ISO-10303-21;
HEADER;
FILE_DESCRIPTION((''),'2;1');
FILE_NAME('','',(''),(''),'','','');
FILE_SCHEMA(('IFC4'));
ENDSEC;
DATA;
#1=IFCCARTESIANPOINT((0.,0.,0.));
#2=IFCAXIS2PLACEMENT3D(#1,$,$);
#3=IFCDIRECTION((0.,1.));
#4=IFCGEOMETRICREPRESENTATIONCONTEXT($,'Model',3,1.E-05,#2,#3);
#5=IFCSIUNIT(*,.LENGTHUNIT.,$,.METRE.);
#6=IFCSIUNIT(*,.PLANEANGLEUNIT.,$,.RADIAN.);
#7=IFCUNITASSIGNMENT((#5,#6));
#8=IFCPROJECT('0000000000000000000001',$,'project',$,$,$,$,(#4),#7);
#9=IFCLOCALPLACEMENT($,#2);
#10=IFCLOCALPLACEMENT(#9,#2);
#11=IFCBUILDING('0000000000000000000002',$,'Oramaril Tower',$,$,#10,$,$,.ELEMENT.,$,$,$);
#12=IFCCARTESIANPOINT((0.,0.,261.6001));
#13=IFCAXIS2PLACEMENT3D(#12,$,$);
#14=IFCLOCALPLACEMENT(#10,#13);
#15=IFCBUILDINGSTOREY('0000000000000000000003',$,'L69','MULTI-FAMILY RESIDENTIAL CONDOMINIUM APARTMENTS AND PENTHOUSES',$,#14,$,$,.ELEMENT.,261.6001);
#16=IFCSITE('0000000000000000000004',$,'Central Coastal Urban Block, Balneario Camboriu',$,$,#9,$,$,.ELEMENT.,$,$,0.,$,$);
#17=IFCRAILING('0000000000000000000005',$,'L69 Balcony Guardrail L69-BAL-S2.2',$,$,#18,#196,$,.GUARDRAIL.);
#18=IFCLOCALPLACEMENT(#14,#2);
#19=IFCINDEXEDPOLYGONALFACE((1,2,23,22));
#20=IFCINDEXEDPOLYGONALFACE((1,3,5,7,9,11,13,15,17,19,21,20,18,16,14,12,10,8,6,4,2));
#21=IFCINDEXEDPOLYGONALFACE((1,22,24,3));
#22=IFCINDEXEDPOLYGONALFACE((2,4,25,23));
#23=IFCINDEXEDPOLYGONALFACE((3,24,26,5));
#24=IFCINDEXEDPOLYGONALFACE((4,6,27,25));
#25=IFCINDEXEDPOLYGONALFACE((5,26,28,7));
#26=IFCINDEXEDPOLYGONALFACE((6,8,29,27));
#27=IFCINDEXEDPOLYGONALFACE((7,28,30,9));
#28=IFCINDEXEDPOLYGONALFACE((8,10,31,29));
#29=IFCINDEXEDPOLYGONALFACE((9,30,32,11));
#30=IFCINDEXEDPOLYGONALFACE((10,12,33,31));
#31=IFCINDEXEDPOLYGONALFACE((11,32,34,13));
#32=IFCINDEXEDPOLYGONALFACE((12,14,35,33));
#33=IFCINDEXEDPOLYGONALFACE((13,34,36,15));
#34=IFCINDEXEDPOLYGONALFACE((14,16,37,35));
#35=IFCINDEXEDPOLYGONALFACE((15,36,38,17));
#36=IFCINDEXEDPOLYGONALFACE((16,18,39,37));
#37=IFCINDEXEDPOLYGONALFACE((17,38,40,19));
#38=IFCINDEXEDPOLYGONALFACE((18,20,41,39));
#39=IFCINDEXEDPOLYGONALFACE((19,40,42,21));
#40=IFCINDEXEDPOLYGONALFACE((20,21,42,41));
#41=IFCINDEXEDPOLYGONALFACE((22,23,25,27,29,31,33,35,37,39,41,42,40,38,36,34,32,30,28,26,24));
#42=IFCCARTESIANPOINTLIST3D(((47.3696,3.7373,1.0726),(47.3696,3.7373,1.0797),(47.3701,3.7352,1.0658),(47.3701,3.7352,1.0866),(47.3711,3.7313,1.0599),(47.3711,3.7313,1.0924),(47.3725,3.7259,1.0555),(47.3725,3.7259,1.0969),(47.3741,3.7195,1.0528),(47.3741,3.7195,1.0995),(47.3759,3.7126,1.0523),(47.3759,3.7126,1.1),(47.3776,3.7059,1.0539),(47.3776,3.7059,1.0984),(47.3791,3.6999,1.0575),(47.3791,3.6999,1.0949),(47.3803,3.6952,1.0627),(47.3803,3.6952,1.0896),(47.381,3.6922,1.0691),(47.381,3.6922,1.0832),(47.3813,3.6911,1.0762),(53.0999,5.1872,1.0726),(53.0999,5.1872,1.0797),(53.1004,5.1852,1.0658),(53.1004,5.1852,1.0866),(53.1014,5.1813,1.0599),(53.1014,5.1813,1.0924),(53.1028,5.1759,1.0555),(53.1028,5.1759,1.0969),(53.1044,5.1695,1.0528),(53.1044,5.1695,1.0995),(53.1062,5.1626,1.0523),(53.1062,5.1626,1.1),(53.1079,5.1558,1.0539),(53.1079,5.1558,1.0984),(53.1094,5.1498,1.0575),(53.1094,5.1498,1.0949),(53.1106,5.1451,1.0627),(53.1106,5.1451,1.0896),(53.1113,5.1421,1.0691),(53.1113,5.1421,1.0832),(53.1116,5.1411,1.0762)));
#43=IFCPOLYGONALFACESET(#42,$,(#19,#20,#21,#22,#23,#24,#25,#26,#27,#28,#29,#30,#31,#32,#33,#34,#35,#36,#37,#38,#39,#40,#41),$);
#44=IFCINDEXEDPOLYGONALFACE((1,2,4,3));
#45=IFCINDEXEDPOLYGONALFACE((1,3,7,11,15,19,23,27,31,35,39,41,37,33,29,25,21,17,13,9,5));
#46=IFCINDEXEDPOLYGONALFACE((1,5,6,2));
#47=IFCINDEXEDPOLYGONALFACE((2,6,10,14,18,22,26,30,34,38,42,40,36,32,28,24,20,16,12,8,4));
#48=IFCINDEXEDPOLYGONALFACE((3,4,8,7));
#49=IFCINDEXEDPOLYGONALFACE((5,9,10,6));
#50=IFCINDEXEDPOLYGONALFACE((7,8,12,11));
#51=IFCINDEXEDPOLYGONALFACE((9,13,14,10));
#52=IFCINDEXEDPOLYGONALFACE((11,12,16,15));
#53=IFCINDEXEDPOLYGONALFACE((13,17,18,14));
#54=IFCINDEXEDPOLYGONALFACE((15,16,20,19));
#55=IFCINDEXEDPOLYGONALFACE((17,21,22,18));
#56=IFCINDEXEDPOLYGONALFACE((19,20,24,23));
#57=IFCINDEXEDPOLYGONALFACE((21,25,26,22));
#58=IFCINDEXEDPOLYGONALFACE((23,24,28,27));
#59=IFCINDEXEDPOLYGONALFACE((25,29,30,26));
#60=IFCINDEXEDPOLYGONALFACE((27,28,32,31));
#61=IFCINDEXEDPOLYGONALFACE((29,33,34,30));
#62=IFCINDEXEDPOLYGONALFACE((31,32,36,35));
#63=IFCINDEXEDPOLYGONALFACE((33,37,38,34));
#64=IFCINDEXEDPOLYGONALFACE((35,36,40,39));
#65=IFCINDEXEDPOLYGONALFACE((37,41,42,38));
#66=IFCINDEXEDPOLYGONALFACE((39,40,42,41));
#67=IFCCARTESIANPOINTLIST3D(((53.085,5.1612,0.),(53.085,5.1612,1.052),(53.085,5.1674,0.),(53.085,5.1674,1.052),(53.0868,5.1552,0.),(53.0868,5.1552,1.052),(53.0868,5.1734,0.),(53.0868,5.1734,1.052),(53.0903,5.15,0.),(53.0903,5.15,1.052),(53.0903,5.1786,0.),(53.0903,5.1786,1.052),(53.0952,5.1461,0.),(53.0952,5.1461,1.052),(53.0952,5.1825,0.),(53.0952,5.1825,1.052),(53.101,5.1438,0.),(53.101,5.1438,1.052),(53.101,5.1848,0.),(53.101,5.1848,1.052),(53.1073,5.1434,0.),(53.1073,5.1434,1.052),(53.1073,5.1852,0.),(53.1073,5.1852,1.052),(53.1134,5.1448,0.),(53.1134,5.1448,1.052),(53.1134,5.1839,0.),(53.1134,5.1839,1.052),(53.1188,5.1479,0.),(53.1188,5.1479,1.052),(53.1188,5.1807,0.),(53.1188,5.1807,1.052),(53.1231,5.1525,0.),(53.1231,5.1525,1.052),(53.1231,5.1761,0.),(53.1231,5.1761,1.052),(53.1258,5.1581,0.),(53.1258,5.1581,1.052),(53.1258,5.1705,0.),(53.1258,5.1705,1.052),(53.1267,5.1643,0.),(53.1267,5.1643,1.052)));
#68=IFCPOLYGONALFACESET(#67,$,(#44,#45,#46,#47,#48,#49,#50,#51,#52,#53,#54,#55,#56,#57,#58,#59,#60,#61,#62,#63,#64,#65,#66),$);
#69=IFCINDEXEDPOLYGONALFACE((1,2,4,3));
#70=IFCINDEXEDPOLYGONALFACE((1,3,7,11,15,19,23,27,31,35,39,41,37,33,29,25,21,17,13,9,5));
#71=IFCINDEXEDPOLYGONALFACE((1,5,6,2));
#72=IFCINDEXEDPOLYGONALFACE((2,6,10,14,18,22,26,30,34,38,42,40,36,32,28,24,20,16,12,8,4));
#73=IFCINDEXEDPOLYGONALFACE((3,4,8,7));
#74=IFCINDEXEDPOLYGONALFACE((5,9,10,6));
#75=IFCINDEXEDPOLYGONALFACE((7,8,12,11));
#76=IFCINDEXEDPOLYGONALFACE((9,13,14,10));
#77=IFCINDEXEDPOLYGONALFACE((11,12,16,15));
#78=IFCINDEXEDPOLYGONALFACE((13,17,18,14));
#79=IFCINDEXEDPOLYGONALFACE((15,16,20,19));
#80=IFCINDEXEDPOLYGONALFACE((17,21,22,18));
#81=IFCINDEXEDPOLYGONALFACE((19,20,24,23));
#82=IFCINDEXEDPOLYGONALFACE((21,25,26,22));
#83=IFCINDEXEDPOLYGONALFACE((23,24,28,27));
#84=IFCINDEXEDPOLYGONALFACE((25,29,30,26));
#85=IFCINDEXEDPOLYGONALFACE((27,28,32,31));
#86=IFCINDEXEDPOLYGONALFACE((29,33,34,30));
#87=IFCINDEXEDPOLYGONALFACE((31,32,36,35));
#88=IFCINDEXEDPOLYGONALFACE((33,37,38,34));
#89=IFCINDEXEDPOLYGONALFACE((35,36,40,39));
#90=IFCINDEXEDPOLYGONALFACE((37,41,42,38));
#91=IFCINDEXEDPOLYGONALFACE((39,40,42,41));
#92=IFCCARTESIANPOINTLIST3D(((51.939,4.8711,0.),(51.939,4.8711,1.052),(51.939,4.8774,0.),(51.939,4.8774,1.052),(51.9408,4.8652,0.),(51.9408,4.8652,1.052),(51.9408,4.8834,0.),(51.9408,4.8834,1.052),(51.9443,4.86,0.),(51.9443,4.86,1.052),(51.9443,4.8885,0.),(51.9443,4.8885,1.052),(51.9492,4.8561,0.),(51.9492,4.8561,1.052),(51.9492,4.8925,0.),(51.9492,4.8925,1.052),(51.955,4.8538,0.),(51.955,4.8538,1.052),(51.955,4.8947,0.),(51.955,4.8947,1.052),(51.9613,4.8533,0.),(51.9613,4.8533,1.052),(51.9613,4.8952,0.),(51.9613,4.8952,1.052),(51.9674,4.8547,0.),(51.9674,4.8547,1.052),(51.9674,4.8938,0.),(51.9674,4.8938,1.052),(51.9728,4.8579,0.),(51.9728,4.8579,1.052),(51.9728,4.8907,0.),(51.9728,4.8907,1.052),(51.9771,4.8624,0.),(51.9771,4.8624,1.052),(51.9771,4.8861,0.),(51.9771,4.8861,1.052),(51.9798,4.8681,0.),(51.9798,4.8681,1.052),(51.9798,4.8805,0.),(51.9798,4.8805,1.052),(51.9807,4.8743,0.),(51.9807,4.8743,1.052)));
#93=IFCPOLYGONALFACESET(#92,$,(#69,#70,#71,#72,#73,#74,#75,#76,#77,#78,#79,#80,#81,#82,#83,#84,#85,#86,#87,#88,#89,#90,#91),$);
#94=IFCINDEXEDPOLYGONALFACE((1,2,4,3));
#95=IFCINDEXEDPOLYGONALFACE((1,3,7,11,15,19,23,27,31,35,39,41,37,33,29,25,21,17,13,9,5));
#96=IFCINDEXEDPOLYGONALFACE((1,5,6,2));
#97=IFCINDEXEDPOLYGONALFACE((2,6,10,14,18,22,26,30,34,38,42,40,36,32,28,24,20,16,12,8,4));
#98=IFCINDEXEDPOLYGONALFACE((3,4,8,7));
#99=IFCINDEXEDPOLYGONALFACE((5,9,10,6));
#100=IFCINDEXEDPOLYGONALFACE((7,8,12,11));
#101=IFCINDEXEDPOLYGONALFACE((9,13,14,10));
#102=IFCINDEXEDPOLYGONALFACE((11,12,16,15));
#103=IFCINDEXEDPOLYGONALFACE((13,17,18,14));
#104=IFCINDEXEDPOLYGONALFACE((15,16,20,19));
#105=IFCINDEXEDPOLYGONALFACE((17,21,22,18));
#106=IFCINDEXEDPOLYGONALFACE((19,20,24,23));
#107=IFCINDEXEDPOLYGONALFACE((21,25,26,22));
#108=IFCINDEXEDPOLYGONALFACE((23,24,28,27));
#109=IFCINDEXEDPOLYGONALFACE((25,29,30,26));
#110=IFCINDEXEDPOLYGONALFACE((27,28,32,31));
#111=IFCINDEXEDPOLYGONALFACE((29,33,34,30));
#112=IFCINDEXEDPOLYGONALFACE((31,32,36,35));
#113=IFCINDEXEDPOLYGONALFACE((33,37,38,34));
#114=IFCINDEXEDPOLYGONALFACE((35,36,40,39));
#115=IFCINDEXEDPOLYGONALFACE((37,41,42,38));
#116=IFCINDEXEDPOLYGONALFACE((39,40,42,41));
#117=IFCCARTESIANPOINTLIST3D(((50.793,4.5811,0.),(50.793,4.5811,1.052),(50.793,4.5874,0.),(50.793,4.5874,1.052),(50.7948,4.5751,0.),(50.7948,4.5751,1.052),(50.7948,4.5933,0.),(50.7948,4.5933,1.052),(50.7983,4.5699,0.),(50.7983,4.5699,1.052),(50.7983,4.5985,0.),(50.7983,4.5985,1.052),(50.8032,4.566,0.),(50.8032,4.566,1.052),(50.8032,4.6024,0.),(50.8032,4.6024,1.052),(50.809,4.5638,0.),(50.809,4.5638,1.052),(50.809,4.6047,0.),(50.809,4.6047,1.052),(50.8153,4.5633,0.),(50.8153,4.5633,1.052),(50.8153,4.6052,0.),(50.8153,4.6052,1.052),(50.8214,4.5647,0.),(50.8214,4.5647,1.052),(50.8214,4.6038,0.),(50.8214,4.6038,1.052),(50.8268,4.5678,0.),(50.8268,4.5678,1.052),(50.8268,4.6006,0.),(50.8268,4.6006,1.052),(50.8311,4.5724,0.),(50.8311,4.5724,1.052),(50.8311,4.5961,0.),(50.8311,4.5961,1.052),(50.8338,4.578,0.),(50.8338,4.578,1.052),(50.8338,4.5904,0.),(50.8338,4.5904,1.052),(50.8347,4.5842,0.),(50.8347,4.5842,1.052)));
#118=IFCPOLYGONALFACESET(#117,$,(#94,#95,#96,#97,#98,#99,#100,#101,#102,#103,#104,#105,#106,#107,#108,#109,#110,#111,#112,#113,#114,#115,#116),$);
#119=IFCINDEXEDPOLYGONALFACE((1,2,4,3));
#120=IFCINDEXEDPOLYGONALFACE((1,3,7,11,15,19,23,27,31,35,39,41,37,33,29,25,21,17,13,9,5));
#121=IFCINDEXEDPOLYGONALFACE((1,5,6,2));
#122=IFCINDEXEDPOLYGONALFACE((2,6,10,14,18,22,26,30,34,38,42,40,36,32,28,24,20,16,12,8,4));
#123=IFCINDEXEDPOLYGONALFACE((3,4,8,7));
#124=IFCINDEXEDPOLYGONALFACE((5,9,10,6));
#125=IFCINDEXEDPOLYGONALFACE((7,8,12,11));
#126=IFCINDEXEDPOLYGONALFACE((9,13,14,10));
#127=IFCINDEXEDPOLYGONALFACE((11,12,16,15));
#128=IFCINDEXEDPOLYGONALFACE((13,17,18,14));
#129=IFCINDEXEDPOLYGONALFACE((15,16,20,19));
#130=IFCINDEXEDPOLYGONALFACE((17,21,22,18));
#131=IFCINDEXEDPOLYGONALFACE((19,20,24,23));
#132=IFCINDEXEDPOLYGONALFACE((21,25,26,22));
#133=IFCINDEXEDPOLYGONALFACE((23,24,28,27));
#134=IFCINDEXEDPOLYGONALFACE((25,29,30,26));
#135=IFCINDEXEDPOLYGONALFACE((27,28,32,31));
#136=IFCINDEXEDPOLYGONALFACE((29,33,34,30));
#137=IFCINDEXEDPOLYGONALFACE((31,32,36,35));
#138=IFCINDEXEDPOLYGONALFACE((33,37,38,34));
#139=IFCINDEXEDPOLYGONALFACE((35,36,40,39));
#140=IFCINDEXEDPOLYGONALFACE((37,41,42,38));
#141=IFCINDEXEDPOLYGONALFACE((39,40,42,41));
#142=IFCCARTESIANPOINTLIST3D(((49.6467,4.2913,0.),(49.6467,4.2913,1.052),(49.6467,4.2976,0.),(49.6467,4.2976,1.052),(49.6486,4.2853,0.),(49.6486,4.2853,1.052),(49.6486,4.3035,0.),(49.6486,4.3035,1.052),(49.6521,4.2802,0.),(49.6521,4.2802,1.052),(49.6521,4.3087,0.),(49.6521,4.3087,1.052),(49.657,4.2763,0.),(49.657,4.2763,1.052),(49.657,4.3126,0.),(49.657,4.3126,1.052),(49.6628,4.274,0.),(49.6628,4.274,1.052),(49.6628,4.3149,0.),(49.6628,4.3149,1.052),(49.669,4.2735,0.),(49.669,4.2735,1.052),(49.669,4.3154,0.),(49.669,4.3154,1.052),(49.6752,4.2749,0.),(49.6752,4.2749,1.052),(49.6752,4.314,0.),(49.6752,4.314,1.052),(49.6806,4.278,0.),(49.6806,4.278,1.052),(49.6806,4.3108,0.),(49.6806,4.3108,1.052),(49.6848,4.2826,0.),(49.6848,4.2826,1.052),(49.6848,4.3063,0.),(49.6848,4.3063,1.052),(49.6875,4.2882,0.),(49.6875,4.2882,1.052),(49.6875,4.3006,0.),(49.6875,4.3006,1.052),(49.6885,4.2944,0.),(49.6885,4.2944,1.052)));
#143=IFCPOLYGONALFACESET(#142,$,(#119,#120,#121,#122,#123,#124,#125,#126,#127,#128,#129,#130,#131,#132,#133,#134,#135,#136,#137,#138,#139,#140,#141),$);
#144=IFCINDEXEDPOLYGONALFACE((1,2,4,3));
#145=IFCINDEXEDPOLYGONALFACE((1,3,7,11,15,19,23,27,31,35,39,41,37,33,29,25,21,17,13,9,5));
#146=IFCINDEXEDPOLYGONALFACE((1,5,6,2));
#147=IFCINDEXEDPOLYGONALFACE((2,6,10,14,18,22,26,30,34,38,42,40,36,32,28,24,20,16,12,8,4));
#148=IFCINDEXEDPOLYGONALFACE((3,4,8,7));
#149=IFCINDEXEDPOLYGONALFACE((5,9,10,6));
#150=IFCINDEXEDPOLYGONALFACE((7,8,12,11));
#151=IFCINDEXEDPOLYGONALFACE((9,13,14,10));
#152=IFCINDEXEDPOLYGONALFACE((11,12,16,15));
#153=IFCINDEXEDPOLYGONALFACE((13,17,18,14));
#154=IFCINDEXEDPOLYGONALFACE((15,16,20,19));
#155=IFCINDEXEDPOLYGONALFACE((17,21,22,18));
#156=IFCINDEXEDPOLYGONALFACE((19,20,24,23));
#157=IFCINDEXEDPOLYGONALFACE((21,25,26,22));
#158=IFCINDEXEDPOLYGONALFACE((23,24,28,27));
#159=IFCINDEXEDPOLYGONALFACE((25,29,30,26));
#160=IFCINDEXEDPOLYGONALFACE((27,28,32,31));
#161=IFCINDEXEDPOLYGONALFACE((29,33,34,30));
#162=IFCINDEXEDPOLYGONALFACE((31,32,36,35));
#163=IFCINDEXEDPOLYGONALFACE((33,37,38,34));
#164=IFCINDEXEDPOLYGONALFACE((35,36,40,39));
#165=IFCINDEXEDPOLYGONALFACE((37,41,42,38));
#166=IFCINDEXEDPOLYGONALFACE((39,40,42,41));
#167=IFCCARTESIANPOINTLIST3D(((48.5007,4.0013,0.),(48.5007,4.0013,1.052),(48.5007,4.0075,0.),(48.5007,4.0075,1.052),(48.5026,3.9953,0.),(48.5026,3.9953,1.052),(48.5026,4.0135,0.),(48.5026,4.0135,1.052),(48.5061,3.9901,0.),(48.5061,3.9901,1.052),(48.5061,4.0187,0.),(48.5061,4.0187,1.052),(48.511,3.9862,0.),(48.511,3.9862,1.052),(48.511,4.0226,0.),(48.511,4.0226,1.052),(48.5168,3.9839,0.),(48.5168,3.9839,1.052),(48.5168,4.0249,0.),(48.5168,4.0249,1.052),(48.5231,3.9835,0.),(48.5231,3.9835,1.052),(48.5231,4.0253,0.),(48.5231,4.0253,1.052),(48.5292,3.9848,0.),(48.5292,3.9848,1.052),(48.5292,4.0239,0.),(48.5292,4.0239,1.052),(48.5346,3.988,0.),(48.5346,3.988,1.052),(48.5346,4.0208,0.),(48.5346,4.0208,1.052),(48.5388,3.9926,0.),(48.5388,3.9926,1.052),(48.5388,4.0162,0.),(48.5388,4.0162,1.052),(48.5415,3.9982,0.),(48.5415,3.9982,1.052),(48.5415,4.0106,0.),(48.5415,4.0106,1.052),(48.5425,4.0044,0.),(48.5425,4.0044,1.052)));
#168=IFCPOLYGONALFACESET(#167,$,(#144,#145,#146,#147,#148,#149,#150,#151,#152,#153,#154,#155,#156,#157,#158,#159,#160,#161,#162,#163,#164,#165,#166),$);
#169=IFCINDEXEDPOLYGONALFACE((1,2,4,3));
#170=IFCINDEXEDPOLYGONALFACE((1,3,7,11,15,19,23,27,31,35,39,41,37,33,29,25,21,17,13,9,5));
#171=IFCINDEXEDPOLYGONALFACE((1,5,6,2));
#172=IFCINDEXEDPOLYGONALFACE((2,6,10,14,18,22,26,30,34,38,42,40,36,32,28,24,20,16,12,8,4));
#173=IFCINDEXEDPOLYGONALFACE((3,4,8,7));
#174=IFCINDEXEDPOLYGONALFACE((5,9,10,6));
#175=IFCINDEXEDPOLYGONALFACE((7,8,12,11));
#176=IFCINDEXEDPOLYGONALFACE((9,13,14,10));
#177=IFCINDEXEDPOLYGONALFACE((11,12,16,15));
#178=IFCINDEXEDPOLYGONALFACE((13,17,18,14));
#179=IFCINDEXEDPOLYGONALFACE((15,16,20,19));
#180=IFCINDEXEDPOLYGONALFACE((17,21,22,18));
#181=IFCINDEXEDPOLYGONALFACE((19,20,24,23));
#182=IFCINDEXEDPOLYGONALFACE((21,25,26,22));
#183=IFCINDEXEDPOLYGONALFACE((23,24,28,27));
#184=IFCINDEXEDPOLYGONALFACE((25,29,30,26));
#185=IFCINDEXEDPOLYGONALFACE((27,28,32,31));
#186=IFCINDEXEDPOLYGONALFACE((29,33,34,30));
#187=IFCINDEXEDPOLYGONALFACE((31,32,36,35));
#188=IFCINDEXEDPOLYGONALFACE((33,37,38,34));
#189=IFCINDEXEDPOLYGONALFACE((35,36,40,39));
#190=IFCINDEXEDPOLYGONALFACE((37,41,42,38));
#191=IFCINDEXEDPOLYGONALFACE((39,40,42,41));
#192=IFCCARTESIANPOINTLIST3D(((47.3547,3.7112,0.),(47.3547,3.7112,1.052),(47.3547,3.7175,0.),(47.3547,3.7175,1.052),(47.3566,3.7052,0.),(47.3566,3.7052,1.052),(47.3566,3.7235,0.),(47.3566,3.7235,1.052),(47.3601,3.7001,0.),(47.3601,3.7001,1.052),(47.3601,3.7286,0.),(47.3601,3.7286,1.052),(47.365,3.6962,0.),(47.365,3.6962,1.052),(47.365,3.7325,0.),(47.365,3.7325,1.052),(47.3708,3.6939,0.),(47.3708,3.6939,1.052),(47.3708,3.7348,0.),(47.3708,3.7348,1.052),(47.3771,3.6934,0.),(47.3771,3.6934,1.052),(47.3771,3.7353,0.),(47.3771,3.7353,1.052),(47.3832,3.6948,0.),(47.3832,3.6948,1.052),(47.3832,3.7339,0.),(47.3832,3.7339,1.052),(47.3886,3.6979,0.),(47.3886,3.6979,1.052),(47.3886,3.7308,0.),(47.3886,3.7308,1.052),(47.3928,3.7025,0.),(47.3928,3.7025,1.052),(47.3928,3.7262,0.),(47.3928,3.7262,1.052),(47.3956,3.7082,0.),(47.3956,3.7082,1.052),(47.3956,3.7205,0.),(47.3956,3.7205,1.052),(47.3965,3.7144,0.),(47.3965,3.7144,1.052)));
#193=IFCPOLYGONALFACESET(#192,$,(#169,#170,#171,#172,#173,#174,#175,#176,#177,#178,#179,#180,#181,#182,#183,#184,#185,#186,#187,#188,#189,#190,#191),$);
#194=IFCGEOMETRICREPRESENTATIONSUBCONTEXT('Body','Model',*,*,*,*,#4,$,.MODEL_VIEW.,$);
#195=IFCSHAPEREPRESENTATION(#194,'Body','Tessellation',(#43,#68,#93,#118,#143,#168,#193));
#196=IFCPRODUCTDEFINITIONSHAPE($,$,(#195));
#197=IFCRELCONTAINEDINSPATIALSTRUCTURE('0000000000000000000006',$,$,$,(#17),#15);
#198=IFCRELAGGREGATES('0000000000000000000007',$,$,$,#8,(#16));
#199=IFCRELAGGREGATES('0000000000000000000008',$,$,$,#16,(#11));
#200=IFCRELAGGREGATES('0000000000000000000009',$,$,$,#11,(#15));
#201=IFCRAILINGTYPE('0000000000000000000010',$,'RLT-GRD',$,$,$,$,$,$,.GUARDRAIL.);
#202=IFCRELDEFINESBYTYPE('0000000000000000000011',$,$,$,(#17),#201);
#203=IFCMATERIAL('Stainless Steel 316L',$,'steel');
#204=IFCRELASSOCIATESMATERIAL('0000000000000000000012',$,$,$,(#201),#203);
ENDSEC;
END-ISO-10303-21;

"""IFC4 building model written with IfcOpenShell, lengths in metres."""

from ifc_helpers import new_model, si_unit, direction, frame, origin, origin_2d, place, context, subcontext, project, spatial, circle, extrude, material, type_object, element, save


model = new_model("IFC4")

# Units and contexts
model_context = context("Model", 3, precision=1e-05, world=origin(), true_north=direction((0.0, 1.0)))
body_context = subcontext(model_context, "Body", "Model", "MODEL_VIEW")
ifc_project = project(units=[si_unit("LENGTHUNIT", "METRE"), si_unit("PLANEANGLEUNIT", "RADIAN")], contexts=[model_context])

# Site, building, storey
site_placement = place(None, origin())
site = spatial("IfcSite", under=ifc_project, at=site_placement, Name="Central Coastal Urban Block, Balneario Camboriu", CompositionType="ELEMENT", RefElevation=0.0)
building_placement = place(site_placement, origin())
building = spatial("IfcBuilding", under=site, at=building_placement, Name="Oramaril Tower", CompositionType="ELEMENT")
storey_placement = place(building_placement, frame((0.0, 0.0, 261.6001)))
storey = spatial("IfcBuildingStorey", under=building, at=storey_placement, Name="L69", Description="MULTI-FAMILY RESIDENTIAL CONDOMINIUM APARTMENTS AND PENTHOUSES", CompositionType="ELEMENT", Elevation=261.6001)

# Railing
ifc_material_1 = material(Name="Stainless Steel 316L", Category="steel")
railing_type = type_object("IfcRailingType", Name="RLT-GRD", PredefinedType="GUARDRAIL", material=ifc_material_1)
railing_1_placement = place(storey_placement, frame((53.1057, 5.1643, 0.0)))
element("IfcRailing", 1, at=railing_1_placement, inside=storey, type_object=railing_type, Name="L69 Balcony Guardrail L69-BAL-S2.2", PredefinedType="GUARDRAIL", context=body_context, shape_type="SweptSolid", body=[
    extrude(circle(Radius=0.0239, at=origin_2d()), frame((0.0, 0.0, 1.0762), z_axis=(-0.969446, -0.245304, 0.0), x_axis=(0.245304, -0.969446, 0.0)), (0.0, 0.0, 1.0), 5.9109),
    extrude(circle(Radius=0.021, at=origin_2d()), origin(), (0.0, 0.0, 1.0), 1.052),
    extrude(circle(Radius=0.021, at=origin_2d()), frame((-1.146, -0.29, 0.0)), (0.0, 0.0, 1.0), 1.052),
    extrude(circle(Radius=0.021, at=origin_2d()), frame((-2.292, -0.5801, 0.0)), (0.0, 0.0, 1.0), 1.052),
    extrude(circle(Radius=0.021, at=origin_2d()), frame((-3.4382, -0.8699, 0.0)), (0.0, 0.0, 1.0), 1.052),
    extrude(circle(Radius=0.021, at=origin_2d()), frame((-4.5842, -1.1599, 0.0)), (0.0, 0.0, 1.0), 1.052),
    extrude(circle(Radius=0.021, at=origin_2d()), frame((-5.7302, -1.45, 0.0)), (0.0, 0.0, 1.0), 1.052),
])

save(model, "model.ifc")
